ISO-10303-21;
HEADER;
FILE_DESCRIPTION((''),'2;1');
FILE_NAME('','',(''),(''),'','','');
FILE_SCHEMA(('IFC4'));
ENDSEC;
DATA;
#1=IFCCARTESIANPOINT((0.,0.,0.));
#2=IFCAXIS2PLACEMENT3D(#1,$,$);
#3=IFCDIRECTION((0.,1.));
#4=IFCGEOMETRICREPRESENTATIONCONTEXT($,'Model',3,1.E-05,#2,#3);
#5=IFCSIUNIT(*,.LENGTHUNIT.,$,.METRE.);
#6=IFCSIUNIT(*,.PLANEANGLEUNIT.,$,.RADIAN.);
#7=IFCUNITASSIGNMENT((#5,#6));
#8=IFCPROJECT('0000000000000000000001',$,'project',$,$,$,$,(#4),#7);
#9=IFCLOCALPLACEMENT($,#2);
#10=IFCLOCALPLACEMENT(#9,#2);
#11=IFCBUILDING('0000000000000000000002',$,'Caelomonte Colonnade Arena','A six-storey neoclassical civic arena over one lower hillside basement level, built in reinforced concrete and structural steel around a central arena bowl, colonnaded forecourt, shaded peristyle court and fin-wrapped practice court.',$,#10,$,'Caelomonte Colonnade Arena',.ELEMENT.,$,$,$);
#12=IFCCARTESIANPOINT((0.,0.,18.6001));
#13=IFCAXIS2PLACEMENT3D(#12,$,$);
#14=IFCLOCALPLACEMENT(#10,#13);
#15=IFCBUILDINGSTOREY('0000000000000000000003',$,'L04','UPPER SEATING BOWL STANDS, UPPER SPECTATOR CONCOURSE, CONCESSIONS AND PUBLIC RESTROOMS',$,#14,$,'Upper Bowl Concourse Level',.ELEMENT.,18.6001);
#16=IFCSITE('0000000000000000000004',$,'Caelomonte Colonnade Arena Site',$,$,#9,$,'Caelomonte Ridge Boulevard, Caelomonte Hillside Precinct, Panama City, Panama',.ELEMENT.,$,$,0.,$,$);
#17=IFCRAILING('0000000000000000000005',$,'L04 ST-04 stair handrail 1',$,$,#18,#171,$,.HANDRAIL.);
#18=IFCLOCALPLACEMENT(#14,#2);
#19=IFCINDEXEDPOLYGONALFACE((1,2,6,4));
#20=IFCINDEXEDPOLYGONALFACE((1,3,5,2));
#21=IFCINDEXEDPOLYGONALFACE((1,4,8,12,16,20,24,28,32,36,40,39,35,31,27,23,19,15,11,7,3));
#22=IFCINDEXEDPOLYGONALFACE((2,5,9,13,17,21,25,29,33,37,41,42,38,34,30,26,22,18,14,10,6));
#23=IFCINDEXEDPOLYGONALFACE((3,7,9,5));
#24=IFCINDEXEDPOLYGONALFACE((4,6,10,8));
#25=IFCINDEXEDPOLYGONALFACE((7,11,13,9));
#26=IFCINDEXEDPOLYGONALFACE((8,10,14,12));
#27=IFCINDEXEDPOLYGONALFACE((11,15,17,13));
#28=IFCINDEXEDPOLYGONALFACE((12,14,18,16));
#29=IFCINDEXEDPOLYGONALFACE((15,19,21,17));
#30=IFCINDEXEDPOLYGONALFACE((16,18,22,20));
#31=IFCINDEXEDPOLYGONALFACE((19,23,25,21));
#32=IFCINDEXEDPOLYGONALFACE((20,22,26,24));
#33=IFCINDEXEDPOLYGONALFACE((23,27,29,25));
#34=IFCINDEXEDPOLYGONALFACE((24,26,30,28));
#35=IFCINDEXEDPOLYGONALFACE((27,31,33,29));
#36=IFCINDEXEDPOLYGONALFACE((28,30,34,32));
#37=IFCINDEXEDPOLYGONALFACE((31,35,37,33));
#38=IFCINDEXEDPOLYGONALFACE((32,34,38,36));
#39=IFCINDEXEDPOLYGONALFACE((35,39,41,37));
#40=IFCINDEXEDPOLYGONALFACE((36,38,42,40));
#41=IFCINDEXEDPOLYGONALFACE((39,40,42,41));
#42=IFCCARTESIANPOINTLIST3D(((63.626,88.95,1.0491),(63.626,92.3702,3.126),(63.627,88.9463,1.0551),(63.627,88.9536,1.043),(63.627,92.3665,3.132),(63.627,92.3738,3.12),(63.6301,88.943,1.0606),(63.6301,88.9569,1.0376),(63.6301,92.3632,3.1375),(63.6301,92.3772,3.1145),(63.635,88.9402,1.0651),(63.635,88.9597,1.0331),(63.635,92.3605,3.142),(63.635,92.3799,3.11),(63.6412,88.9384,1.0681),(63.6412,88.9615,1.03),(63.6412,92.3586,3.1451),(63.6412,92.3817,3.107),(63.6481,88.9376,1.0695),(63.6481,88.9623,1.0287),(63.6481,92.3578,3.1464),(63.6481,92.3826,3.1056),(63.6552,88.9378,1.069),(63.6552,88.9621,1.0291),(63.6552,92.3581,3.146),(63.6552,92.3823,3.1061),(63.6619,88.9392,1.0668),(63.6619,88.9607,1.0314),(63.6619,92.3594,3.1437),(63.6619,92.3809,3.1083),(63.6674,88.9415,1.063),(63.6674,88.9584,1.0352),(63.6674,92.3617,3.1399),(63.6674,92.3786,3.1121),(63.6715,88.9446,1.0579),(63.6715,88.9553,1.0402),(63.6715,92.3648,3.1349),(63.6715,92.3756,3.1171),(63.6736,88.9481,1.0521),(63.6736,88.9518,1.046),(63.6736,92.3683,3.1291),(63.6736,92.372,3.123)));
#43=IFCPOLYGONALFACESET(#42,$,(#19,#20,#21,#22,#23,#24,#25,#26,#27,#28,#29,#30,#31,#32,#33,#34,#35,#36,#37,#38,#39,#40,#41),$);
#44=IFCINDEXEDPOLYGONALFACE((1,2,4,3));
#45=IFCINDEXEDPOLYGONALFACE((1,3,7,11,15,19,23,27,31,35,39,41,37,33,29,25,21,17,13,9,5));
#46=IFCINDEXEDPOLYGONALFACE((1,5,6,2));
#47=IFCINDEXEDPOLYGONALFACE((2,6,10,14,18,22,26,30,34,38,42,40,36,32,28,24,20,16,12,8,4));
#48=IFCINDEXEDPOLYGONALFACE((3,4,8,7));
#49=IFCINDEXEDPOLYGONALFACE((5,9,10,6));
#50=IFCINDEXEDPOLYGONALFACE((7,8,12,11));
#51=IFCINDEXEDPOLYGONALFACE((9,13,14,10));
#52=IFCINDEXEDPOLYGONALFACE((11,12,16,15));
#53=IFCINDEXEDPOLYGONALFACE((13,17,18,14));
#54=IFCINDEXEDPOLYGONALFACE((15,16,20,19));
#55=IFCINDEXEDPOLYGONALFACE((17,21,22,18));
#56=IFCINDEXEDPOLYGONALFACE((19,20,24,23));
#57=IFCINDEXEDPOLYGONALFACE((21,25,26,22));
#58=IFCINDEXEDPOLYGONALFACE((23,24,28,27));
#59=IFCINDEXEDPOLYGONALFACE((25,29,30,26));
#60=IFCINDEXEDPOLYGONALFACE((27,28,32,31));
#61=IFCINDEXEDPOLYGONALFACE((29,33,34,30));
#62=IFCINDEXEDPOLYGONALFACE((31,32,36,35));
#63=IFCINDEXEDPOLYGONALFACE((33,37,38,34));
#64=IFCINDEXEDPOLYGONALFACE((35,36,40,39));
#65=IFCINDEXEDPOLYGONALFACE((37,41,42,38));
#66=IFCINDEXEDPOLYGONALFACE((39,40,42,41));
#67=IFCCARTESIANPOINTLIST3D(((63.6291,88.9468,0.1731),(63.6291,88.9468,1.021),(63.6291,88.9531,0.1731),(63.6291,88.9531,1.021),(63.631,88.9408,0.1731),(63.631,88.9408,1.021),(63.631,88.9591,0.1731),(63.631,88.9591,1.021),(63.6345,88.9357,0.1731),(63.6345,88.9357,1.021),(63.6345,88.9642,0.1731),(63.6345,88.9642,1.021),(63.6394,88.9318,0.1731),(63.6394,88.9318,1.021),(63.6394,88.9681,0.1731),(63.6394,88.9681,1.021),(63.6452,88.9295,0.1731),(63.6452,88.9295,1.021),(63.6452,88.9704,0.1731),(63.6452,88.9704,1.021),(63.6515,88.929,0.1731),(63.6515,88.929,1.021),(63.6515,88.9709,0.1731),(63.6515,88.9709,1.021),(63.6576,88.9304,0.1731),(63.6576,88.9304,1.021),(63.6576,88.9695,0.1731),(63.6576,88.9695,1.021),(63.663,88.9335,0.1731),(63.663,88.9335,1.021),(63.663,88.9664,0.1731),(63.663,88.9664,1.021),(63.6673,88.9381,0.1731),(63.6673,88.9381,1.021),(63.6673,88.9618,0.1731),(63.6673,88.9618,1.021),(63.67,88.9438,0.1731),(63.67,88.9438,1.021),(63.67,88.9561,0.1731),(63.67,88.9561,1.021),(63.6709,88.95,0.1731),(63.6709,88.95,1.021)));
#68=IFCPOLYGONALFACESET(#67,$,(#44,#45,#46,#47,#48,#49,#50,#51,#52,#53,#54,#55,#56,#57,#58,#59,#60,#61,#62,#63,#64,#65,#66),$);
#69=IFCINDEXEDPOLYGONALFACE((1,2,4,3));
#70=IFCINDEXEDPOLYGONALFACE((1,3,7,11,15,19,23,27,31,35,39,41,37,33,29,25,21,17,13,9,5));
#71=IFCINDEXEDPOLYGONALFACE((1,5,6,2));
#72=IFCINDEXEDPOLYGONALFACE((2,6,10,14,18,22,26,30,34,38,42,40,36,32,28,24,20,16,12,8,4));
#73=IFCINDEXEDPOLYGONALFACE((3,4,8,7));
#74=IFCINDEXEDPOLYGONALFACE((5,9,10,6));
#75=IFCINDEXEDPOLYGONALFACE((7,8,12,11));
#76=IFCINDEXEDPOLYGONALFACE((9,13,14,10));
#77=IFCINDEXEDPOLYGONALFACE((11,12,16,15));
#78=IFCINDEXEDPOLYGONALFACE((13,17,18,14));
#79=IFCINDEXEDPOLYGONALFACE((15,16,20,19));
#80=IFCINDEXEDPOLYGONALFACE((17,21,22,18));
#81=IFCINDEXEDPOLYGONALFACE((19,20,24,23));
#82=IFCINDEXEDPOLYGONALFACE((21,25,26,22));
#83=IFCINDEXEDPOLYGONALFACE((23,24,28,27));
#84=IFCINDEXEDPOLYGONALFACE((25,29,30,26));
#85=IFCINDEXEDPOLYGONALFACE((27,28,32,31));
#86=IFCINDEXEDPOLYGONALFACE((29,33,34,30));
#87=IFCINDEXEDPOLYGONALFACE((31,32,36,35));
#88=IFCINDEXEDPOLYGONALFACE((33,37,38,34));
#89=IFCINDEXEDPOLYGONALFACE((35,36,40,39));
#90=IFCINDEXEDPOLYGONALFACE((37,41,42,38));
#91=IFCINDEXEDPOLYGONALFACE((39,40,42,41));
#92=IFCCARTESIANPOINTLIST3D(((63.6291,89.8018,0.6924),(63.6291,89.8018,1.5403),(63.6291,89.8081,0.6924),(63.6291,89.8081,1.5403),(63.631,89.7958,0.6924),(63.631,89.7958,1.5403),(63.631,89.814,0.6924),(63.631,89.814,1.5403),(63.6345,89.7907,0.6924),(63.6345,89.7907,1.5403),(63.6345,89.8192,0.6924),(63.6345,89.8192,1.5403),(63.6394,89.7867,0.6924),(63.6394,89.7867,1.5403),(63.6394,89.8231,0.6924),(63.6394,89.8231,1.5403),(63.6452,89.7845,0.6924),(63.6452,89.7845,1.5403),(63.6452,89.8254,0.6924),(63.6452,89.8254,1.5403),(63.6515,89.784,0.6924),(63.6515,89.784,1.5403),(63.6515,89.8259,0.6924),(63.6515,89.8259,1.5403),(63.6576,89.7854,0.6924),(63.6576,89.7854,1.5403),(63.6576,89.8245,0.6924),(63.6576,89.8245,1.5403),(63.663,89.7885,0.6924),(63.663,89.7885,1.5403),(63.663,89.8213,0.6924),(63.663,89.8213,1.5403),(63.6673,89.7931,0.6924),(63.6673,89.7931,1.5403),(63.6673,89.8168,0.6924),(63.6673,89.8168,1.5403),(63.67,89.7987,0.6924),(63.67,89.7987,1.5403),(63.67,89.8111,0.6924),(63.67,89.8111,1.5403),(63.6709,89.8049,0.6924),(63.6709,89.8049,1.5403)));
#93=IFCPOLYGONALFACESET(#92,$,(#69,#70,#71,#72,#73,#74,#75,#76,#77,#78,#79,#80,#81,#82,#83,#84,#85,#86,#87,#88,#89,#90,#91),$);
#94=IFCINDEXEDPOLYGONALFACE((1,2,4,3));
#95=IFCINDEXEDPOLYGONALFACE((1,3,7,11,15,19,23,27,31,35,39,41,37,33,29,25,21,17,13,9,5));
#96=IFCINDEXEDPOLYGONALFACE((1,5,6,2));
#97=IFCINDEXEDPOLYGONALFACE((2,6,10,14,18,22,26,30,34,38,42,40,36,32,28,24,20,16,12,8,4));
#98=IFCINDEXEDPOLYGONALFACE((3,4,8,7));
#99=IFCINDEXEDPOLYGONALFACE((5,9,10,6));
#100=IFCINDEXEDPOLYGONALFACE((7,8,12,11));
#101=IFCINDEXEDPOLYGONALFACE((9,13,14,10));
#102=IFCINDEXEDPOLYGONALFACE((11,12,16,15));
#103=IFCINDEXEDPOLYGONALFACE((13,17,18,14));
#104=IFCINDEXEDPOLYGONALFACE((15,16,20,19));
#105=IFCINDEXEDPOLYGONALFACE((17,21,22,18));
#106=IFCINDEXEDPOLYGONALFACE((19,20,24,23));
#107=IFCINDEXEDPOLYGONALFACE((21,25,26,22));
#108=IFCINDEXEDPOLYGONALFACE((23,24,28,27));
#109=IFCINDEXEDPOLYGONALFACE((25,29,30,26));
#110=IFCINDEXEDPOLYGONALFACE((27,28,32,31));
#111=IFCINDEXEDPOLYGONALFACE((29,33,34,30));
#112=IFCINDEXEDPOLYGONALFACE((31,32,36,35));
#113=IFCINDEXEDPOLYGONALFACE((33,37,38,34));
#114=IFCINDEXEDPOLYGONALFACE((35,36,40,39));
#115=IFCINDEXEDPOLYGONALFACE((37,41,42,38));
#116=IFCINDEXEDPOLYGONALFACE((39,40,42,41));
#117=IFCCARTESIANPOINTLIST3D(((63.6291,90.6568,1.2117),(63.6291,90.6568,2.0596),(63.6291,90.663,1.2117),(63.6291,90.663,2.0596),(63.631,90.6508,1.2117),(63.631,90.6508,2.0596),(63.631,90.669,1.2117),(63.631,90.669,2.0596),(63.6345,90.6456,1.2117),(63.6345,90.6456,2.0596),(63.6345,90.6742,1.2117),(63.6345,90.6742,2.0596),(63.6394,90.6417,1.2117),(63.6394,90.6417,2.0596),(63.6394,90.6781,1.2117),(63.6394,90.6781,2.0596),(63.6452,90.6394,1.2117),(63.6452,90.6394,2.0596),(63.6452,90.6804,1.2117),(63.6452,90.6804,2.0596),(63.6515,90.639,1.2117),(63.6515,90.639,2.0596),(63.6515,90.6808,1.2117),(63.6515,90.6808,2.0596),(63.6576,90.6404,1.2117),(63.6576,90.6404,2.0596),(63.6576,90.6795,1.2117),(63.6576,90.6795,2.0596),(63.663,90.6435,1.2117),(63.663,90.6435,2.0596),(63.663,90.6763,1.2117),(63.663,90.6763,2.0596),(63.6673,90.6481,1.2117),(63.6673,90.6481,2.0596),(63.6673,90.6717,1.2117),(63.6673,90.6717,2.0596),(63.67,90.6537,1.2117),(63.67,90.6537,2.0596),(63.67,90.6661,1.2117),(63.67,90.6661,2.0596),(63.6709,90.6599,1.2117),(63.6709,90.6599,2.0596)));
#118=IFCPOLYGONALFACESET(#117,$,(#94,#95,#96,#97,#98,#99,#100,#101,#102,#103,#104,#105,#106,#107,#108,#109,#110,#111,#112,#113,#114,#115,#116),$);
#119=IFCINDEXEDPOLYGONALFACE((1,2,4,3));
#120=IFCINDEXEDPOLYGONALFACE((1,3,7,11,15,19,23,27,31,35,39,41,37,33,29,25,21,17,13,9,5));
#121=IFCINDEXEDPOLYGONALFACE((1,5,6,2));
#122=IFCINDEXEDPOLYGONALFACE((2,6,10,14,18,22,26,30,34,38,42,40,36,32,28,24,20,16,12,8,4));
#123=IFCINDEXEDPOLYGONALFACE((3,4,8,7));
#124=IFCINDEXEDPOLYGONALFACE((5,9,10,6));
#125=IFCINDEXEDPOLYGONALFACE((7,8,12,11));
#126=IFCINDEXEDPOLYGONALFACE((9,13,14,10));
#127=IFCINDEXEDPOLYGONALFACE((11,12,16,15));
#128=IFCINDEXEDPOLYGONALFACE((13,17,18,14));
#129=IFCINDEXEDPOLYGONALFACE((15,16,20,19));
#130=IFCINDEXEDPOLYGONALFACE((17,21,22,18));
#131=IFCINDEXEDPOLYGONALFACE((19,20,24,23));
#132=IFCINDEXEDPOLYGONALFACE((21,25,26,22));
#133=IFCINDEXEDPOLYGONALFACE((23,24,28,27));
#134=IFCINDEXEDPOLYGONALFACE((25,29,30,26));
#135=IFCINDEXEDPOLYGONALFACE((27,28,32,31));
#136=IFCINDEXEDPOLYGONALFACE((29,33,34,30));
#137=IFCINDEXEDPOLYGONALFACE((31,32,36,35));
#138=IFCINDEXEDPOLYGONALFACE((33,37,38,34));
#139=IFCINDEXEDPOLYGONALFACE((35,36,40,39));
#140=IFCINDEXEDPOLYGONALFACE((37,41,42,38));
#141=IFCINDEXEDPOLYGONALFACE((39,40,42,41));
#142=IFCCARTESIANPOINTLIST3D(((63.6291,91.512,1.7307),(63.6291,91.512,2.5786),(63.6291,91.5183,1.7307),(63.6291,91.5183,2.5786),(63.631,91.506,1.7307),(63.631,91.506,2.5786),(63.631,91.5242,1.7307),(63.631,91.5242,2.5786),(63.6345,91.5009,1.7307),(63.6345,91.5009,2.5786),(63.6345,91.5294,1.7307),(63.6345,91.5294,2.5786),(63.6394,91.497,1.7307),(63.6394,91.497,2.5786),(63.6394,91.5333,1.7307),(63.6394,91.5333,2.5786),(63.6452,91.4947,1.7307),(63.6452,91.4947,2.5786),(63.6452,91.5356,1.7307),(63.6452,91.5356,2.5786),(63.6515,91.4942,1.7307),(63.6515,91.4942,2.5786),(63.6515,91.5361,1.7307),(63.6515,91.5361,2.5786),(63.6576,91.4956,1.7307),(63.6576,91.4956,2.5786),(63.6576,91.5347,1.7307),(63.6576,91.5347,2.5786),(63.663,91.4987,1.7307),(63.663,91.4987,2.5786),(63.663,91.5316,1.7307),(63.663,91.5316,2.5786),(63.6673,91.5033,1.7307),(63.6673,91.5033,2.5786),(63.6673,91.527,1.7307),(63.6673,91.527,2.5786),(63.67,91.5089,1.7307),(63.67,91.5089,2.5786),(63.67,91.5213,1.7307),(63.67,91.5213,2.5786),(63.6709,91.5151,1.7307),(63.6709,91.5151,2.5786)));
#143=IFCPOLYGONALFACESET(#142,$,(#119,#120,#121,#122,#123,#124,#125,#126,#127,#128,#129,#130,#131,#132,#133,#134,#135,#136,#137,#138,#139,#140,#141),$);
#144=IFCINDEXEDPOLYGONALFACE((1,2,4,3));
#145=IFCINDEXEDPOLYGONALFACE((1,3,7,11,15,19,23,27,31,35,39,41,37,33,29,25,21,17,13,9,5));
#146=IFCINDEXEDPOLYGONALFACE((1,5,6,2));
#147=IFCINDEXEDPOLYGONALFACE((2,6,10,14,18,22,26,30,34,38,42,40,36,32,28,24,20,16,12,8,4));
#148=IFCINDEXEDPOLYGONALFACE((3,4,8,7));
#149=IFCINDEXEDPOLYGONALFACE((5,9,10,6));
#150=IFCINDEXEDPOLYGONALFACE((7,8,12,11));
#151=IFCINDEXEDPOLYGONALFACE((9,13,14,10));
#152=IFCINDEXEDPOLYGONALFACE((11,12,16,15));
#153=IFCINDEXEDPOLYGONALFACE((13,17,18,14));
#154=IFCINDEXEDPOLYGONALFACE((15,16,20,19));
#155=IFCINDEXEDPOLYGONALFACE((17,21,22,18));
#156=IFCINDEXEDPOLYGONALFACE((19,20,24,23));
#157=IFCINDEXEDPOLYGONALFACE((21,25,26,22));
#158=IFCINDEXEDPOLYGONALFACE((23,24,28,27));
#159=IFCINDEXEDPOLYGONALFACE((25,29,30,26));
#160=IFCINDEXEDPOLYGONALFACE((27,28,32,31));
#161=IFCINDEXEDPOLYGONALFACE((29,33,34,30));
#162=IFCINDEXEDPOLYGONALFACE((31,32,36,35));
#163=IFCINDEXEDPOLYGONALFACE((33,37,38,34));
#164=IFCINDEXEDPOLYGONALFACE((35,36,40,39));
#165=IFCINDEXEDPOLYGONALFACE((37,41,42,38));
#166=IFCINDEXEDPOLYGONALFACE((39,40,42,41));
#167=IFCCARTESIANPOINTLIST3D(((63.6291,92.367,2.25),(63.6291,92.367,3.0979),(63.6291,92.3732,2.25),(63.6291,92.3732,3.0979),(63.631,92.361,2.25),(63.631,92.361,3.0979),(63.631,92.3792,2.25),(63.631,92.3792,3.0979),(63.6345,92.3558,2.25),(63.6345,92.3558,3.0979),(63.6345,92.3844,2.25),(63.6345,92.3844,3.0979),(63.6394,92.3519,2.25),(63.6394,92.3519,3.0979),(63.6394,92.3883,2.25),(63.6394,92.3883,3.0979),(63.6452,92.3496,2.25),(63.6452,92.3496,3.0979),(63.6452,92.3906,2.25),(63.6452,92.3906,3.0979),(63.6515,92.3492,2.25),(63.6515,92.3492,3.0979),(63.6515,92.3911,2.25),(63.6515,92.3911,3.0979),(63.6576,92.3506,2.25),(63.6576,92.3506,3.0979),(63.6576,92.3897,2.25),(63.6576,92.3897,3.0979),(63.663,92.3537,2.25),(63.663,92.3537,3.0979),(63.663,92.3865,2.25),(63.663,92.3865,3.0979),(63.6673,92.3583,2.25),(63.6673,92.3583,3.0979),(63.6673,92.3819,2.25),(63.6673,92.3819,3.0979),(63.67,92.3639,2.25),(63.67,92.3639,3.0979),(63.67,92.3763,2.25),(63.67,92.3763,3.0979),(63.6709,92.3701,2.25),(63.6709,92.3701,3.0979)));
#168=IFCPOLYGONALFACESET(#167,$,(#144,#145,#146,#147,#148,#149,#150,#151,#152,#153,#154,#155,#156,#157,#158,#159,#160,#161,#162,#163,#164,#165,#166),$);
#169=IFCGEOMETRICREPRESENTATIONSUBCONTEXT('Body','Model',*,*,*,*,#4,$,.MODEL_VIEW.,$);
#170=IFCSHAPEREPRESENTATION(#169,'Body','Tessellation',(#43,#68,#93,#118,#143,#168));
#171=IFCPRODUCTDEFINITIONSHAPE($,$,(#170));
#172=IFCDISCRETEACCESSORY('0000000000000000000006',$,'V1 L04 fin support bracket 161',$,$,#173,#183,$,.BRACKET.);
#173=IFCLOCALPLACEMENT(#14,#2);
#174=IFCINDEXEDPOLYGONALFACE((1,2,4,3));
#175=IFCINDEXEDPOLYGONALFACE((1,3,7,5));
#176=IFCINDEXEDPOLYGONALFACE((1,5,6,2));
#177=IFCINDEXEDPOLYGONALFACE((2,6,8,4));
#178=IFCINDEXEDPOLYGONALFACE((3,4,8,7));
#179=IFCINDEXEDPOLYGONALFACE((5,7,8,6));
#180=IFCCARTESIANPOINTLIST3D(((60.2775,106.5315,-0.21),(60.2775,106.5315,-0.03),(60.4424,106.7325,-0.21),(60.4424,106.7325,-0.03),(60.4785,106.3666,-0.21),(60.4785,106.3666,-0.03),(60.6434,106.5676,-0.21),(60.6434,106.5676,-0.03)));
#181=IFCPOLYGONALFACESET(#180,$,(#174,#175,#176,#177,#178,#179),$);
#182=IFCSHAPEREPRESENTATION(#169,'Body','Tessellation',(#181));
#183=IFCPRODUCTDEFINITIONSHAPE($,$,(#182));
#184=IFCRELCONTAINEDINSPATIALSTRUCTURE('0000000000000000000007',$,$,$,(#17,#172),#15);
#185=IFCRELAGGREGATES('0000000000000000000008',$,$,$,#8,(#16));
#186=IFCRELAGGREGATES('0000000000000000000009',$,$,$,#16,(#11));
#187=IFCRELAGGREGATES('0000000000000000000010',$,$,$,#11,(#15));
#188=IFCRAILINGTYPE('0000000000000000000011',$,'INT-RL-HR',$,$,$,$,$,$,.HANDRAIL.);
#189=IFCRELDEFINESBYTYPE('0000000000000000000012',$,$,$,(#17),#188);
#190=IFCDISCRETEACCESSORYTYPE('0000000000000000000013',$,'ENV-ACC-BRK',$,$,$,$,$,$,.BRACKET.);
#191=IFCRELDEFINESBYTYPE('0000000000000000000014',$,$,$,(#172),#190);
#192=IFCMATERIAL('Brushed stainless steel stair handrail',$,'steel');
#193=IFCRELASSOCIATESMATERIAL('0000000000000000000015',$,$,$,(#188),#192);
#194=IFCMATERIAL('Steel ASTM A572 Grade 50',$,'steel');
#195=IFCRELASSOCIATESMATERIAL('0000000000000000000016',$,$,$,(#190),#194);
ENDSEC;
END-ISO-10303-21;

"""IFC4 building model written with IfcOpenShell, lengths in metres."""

from ifc_helpers import new_model, si_unit, direction, frame, origin, origin_2d, place, context, subcontext, project, spatial, rectangle, circle, extrude, material, type_object, element, save


model = new_model("IFC4")

# Units and contexts
model_context = context("Model", 3, precision=1e-05, world=origin(), true_north=direction((0.0, 1.0)))
body_context = subcontext(model_context, "Body", "Model", "MODEL_VIEW")
ifc_project = project(units=[si_unit("LENGTHUNIT", "METRE"), si_unit("PLANEANGLEUNIT", "RADIAN")], contexts=[model_context])

# Site, building, storey
site_placement = place(None, origin())
site = spatial("IfcSite", under=ifc_project, at=site_placement, Name="Caelomonte Colonnade Arena Site", LongName="Caelomonte Ridge Boulevard, Caelomonte Hillside Precinct, Panama City, Panama", CompositionType="ELEMENT", RefElevation=0.0)
building_placement = place(site_placement, origin())
building = spatial("IfcBuilding", under=site, at=building_placement, Name="Caelomonte Colonnade Arena", Description="A six-storey neoclassical civic arena over one lower hillside basement level, built in reinforced concrete and structural steel around a central arena bowl, colonnaded forecourt, shaded peristyle court and fin-wrapped practice court.", LongName="Caelomonte Colonnade Arena", CompositionType="ELEMENT")
storey_placement = place(building_placement, frame((0.0, 0.0, 18.6001)))
storey = spatial("IfcBuildingStorey", under=building, at=storey_placement, Name="L04", Description="UPPER SEATING BOWL STANDS, UPPER SPECTATOR CONCOURSE, CONCESSIONS AND PUBLIC RESTROOMS", LongName="Upper Bowl Concourse Level", CompositionType="ELEMENT", Elevation=18.6001)

# Railing
ifc_material_1 = material(Name="Brushed stainless steel stair handrail", Category="steel")
railing_type_1 = type_object("IfcRailingType", Name="INT-RL-HR", PredefinedType="HANDRAIL", material=ifc_material_1)
railing_1_placement = place(storey_placement, frame((63.6499, 88.95, 0.1731)))
element("IfcRailing", 1, at=railing_1_placement, inside=storey, type_object=railing_type_1, Name="L04 ST-04 stair handrail 1", PredefinedType="HANDRAIL", context=body_context, shape_type="SweptSolid", body=[
    extrude(circle(Radius=0.0239, at=origin_2d()), frame((0.0, 0.0, 0.876), z_axis=(0.0, 0.854746, 0.519047), x_axis=(-1.0, 0.0, 0.0)), (0.0, 0.0, 1.0), 4.0015),
    extrude(circle(Radius=0.021, at=origin_2d()), origin(), (0.0, 0.0, 1.0), 0.8479),
    extrude(circle(Radius=0.021, at=origin_2d()), frame((0.0, 0.855, 0.5193)), (0.0, 0.0, 1.0), 0.8479),
    extrude(circle(Radius=0.021, at=origin_2d()), frame((0.0, 1.71, 1.0386)), (0.0, 0.0, 1.0), 0.8479),
    extrude(circle(Radius=0.021, at=origin_2d()), frame((0.0, 2.5652, 1.5576)), (0.0, 0.0, 1.0), 0.8479),
    extrude(circle(Radius=0.021, at=origin_2d()), frame((0.0, 3.4202, 2.0769)), (0.0, 0.0, 1.0), 0.8479),
])

# Discrete accessory
ifc_material_2 = material(Name="Steel ASTM A572 Grade 50", Category="steel")
discrete_accessory_type = type_object("IfcDiscreteAccessoryType", Name="ENV-ACC-BRK", PredefinedType="BRACKET", material=ifc_material_2)
discrete_accessory_placement = place(storey_placement, frame((60.4604, 106.5496, -0.21), z_axis=(0.0, 0.0, 1.0), x_axis=(-0.634414, -0.772994, 0.0)))
element("IfcDiscreteAccessory", 2, at=discrete_accessory_placement, inside=storey, type_object=discrete_accessory_type, Name="V1 L04 fin support bracket 161", PredefinedType="BRACKET", context=body_context, shape_type="SweptSolid", body=[
    extrude(rectangle(XDim=0.26, YDim=0.26, at=origin_2d()), origin(), (0.0, 0.0, 1.0), 0.1799),
])

save(model, "model.ifc")
